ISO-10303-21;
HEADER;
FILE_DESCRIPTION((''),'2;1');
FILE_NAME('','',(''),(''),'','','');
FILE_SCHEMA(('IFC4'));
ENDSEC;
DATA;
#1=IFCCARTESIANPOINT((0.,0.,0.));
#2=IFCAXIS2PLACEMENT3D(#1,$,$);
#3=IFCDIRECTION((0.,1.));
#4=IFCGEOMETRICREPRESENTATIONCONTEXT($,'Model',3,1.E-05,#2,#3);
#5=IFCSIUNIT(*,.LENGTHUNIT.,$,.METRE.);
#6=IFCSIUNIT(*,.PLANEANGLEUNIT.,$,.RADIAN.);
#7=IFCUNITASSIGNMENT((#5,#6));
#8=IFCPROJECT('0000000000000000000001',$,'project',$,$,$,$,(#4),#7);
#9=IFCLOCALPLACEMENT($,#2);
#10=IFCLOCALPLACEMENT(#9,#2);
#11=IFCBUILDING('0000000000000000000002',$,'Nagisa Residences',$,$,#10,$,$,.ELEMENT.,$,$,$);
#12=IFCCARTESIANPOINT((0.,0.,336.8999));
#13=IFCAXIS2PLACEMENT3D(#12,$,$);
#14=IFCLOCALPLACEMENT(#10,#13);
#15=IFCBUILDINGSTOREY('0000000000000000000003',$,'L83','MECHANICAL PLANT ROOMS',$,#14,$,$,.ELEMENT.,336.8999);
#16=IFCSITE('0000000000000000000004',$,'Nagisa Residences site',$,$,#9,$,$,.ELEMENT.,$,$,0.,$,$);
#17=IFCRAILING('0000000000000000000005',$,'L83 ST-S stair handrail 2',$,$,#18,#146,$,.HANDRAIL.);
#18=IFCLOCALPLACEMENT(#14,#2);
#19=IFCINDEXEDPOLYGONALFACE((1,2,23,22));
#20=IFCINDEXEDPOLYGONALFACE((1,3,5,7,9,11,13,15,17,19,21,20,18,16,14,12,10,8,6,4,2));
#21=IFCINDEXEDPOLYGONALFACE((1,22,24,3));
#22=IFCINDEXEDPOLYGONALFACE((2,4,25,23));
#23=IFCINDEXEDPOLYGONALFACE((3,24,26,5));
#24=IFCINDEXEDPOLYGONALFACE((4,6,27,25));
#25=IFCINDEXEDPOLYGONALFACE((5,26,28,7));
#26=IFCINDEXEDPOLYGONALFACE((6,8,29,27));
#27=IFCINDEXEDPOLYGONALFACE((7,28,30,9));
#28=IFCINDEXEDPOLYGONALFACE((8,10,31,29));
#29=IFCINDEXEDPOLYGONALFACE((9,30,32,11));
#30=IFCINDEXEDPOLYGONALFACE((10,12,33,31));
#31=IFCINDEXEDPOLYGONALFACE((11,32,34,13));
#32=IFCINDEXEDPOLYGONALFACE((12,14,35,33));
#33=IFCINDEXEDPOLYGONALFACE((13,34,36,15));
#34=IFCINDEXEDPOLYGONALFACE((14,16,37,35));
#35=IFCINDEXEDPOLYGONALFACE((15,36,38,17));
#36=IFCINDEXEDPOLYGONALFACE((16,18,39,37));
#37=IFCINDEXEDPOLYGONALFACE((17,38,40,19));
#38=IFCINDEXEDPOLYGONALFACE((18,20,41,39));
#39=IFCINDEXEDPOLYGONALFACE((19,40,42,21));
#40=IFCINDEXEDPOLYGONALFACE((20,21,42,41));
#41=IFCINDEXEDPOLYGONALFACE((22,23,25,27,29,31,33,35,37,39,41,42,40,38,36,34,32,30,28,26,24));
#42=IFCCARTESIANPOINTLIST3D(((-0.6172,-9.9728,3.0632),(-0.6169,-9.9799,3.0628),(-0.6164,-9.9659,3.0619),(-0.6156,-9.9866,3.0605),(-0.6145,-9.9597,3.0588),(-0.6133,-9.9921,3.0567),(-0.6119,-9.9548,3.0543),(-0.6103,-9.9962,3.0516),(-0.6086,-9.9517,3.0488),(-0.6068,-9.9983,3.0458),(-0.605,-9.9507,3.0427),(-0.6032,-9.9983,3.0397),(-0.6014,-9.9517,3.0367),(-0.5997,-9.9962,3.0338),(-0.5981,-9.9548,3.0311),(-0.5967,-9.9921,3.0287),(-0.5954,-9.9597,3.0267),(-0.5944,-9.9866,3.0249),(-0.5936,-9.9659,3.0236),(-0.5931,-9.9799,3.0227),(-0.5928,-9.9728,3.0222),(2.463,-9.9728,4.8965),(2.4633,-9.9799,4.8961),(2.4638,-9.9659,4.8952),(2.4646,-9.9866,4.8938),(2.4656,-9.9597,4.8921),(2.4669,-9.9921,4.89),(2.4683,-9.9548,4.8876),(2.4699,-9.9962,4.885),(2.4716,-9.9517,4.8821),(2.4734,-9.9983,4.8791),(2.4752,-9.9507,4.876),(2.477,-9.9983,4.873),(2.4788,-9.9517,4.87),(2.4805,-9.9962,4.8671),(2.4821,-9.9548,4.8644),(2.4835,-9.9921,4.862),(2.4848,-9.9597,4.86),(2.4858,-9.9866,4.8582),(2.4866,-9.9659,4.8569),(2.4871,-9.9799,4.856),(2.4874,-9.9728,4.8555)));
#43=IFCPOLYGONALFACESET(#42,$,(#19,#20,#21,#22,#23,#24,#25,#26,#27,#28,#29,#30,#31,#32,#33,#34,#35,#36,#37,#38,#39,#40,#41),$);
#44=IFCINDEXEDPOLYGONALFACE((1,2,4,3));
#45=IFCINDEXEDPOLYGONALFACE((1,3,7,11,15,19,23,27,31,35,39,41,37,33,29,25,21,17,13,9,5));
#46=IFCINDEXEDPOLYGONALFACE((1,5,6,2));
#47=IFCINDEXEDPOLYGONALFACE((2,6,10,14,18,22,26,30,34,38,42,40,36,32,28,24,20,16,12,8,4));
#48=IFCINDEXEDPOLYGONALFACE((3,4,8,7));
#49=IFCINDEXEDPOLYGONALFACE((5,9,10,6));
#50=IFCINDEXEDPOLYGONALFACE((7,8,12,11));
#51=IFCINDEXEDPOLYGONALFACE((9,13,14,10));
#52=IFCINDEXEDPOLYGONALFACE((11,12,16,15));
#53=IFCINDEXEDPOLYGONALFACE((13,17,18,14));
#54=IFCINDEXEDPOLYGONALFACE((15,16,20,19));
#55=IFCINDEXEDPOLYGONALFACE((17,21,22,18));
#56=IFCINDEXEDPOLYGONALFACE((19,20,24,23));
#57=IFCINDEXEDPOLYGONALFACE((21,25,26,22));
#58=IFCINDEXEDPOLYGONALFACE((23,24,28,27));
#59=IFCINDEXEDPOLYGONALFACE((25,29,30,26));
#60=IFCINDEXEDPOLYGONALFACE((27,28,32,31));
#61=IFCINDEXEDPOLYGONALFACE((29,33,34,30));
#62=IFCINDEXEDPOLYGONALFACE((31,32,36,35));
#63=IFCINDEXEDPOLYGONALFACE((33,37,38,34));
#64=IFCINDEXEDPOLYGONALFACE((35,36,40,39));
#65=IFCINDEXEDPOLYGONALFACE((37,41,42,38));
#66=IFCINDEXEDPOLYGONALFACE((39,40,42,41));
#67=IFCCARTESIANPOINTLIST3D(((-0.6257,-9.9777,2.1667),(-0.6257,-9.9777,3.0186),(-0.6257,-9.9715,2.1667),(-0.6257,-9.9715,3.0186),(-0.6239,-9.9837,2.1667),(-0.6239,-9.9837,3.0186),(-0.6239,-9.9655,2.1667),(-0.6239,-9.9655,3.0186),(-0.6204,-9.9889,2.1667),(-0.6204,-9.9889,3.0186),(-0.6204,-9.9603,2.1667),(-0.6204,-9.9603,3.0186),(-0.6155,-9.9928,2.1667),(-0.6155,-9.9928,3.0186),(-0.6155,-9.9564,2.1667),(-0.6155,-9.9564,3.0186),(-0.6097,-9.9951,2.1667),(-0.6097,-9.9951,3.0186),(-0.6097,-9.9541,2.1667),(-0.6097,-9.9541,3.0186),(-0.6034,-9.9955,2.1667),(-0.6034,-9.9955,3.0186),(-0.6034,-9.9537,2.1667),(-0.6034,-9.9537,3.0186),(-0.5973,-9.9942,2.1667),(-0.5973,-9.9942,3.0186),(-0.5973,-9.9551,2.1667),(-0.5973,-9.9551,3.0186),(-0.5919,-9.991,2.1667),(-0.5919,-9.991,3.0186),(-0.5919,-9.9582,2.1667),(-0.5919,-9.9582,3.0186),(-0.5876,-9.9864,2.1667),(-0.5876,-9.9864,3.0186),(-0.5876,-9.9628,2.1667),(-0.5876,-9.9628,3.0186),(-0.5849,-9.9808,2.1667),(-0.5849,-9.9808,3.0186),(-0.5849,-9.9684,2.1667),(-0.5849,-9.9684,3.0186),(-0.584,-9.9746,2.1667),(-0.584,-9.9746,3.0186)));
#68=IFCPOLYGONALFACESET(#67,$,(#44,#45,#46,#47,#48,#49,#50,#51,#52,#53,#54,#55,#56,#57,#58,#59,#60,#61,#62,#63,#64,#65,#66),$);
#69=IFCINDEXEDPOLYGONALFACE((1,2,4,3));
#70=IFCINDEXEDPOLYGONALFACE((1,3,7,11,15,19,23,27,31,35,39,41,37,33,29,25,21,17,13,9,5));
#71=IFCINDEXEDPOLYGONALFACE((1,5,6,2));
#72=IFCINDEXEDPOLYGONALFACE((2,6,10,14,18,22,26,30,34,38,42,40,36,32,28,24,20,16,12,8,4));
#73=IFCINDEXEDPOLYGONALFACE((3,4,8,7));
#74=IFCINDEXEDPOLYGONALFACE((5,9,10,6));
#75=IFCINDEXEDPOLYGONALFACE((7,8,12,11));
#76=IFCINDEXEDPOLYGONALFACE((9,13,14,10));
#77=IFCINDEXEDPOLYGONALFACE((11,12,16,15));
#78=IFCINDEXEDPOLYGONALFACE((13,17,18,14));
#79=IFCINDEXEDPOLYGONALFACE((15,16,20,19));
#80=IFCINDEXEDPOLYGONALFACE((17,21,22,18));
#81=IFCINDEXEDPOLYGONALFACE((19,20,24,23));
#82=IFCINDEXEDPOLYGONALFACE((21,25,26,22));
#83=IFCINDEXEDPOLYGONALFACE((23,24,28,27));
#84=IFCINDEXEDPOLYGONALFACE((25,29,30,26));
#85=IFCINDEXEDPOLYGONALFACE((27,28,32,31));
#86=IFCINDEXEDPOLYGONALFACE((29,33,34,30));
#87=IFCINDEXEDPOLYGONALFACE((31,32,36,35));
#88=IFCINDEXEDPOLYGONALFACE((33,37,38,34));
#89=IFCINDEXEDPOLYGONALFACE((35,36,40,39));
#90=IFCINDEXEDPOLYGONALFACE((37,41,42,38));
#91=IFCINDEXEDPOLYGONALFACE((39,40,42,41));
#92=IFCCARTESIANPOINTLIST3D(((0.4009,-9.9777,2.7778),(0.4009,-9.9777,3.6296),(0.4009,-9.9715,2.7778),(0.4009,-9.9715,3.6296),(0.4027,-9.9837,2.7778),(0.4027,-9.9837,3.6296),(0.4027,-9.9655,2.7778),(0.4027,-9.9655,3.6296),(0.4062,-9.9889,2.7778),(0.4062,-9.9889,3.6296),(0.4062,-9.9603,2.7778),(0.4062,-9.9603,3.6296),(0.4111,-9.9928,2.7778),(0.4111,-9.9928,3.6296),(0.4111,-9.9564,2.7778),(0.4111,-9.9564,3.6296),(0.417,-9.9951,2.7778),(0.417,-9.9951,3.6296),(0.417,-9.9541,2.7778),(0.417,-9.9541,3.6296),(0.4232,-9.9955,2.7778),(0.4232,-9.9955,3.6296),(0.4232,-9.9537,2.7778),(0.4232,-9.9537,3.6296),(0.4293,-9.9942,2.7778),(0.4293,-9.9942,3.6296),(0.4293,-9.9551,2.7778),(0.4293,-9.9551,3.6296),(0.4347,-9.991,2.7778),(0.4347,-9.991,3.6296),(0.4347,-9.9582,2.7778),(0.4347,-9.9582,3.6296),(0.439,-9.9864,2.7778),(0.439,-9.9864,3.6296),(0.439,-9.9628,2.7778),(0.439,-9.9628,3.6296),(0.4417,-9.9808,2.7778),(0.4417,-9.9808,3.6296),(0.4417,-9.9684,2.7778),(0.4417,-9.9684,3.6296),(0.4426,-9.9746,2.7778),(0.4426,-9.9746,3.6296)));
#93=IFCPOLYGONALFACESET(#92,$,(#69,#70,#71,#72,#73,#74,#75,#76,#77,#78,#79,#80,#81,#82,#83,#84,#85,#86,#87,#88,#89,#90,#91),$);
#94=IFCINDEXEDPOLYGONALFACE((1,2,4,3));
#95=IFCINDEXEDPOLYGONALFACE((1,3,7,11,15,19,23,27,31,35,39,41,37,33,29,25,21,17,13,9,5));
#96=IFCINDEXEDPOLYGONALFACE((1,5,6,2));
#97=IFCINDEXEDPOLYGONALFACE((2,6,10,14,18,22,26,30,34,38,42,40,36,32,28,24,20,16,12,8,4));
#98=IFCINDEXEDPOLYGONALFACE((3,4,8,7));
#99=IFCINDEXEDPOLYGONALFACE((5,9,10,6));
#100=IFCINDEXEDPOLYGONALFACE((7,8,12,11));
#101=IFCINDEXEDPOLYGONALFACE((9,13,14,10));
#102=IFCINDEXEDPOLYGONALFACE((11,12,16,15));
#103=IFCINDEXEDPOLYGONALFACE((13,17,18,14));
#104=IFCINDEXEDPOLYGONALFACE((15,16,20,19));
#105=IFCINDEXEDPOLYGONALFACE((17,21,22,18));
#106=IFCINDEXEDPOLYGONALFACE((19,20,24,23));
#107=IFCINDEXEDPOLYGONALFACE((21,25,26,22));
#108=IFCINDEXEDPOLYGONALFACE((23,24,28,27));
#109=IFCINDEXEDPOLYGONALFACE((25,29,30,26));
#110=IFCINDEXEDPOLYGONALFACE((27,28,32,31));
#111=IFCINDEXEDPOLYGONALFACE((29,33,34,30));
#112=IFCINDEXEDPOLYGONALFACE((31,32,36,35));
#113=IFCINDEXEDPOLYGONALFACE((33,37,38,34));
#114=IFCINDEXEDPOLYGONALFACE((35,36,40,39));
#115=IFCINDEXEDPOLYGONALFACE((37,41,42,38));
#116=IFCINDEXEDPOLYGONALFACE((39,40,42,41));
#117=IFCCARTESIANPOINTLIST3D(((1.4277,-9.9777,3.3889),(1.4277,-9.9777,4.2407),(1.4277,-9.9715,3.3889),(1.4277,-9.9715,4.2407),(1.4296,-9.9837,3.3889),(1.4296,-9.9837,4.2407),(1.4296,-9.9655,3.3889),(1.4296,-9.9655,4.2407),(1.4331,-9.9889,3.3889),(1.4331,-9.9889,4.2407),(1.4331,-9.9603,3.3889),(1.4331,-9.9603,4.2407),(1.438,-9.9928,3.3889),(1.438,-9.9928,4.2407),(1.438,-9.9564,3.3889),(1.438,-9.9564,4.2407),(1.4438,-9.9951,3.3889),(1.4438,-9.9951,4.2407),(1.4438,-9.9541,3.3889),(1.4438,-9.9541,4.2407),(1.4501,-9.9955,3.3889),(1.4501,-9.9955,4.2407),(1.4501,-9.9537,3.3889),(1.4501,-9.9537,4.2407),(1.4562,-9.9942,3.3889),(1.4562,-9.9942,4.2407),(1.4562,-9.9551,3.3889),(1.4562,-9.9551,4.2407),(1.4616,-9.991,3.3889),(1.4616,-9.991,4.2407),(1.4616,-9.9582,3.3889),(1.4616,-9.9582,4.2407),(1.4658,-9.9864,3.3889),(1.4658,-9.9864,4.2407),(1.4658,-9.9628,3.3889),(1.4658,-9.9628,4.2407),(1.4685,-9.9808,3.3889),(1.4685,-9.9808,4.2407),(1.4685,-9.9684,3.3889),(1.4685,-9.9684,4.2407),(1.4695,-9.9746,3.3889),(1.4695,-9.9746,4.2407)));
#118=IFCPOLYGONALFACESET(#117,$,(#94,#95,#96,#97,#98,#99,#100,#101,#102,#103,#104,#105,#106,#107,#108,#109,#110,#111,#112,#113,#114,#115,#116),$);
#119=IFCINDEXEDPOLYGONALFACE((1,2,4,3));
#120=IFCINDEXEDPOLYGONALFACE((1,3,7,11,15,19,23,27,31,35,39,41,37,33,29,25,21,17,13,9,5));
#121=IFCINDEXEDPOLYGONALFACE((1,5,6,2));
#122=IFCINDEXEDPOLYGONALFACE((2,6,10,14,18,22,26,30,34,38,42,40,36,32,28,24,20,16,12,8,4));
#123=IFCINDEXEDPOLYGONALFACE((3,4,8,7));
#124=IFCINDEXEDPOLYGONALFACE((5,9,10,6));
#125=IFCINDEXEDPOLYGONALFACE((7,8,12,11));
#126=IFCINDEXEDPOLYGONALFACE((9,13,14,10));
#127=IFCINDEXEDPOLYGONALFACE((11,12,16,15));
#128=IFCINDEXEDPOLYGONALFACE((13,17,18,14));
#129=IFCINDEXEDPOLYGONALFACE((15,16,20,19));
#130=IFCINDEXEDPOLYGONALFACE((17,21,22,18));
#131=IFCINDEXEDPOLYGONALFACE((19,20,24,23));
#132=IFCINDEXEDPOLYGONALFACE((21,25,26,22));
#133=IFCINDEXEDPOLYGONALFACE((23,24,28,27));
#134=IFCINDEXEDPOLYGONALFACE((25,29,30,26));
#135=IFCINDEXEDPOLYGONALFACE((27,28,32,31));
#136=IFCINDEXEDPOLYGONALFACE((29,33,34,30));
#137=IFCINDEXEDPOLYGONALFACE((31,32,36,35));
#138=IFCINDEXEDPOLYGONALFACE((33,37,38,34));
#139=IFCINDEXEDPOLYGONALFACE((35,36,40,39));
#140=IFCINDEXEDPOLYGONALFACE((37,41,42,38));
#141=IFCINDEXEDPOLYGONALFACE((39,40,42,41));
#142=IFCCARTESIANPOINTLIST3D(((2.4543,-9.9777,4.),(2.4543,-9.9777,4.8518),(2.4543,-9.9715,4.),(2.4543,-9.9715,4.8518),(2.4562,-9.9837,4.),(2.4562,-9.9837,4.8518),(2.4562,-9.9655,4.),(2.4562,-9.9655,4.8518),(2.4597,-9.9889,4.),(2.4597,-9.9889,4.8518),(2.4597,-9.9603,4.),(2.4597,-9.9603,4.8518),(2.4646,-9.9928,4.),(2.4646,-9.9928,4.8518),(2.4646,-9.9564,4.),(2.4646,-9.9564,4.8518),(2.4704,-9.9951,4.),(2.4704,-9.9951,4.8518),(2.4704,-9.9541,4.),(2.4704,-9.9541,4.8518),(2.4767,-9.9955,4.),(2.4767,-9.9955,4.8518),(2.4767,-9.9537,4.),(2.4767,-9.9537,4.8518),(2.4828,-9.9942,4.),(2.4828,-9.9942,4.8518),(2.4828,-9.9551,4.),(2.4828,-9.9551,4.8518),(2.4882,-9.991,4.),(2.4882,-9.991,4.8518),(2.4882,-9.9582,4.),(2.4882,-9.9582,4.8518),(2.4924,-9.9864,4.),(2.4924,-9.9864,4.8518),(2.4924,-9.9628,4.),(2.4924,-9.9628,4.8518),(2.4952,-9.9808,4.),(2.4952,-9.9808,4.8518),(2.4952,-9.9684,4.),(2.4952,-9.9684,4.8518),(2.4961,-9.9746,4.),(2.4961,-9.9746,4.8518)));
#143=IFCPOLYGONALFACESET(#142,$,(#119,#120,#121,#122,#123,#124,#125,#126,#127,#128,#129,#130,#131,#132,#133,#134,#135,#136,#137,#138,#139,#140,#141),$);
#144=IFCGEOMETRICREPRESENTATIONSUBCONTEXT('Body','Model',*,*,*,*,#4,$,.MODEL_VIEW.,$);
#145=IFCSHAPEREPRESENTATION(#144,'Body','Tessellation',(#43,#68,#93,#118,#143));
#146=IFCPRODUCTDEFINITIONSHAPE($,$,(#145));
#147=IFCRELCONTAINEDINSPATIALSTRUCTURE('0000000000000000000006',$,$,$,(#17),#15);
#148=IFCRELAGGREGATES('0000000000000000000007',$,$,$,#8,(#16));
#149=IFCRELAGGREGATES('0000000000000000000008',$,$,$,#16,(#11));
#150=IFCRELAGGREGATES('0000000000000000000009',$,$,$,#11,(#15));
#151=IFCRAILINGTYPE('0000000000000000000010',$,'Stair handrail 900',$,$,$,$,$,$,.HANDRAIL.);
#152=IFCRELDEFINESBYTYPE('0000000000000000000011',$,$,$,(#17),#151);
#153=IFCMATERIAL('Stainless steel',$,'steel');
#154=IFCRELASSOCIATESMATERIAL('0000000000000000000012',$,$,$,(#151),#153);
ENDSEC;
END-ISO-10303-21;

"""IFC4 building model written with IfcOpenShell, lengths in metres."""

from ifc_helpers import new_model, si_unit, direction, frame, origin, origin_2d, place, context, subcontext, project, spatial, circle, extrude, material, type_object, element, save


model = new_model("IFC4")

# Units and contexts
model_context = context("Model", 3, precision=1e-05, world=origin(), true_north=direction((0.0, 1.0)))
body_context = subcontext(model_context, "Body", "Model", "MODEL_VIEW")
ifc_project = project(units=[si_unit("LENGTHUNIT", "METRE"), si_unit("PLANEANGLEUNIT", "RADIAN")], contexts=[model_context])

# Site, building, storey
site_placement = place(None, origin())
site = spatial("IfcSite", under=ifc_project, at=site_placement, Name="Nagisa Residences site", CompositionType="ELEMENT", RefElevation=0.0)
building_placement = place(site_placement, origin())
building = spatial("IfcBuilding", under=site, at=building_placement, Name="Nagisa Residences", CompositionType="ELEMENT")
storey_placement = place(building_placement, frame((0.0, 0.0, 336.8999)))
storey = spatial("IfcBuildingStorey", under=building, at=storey_placement, Name="L83", Description="MECHANICAL PLANT ROOMS", CompositionType="ELEMENT", Elevation=336.8999)

# Railing
ifc_material_1 = material(Name="Stainless steel", Category="steel")
railing_type = type_object("IfcRailingType", Name="Stair handrail 900", PredefinedType="HANDRAIL", material=ifc_material_1)
railing_placement = place(storey_placement, frame((-0.605, -9.9746, 2.1667)))
element("IfcRailing", 1, at=railing_placement, inside=storey, type_object=railing_type, Name="L83 ST-S stair handrail 2", PredefinedType="HANDRAIL", context=body_context, shape_type="SweptSolid", body=[
    extrude(circle(Radius=0.0239, at=origin_2d()), frame((0.0, 0.0, 0.876), z_axis=(0.859309, 0.0, 0.511458), x_axis=(0.0, 1.0, 0.0)), (0.0, 0.0, 1.0), 3.5845),
    extrude(circle(Radius=0.021, at=origin_2d()), origin(), (0.0, 0.0, 1.0), 0.8518),
    extrude(circle(Radius=0.021, at=origin_2d()), frame((1.0266, 0.0, 0.6111)), (0.0, 0.0, 1.0), 0.8518),
    extrude(circle(Radius=0.021, at=origin_2d()), frame((2.0535, 0.0, 1.2222)), (0.0, 0.0, 1.0), 0.8518),
    extrude(circle(Radius=0.021, at=origin_2d()), frame((3.0801, 0.0, 1.8333)), (0.0, 0.0, 1.0), 0.8518),
])

save(model, "model.ifc")
